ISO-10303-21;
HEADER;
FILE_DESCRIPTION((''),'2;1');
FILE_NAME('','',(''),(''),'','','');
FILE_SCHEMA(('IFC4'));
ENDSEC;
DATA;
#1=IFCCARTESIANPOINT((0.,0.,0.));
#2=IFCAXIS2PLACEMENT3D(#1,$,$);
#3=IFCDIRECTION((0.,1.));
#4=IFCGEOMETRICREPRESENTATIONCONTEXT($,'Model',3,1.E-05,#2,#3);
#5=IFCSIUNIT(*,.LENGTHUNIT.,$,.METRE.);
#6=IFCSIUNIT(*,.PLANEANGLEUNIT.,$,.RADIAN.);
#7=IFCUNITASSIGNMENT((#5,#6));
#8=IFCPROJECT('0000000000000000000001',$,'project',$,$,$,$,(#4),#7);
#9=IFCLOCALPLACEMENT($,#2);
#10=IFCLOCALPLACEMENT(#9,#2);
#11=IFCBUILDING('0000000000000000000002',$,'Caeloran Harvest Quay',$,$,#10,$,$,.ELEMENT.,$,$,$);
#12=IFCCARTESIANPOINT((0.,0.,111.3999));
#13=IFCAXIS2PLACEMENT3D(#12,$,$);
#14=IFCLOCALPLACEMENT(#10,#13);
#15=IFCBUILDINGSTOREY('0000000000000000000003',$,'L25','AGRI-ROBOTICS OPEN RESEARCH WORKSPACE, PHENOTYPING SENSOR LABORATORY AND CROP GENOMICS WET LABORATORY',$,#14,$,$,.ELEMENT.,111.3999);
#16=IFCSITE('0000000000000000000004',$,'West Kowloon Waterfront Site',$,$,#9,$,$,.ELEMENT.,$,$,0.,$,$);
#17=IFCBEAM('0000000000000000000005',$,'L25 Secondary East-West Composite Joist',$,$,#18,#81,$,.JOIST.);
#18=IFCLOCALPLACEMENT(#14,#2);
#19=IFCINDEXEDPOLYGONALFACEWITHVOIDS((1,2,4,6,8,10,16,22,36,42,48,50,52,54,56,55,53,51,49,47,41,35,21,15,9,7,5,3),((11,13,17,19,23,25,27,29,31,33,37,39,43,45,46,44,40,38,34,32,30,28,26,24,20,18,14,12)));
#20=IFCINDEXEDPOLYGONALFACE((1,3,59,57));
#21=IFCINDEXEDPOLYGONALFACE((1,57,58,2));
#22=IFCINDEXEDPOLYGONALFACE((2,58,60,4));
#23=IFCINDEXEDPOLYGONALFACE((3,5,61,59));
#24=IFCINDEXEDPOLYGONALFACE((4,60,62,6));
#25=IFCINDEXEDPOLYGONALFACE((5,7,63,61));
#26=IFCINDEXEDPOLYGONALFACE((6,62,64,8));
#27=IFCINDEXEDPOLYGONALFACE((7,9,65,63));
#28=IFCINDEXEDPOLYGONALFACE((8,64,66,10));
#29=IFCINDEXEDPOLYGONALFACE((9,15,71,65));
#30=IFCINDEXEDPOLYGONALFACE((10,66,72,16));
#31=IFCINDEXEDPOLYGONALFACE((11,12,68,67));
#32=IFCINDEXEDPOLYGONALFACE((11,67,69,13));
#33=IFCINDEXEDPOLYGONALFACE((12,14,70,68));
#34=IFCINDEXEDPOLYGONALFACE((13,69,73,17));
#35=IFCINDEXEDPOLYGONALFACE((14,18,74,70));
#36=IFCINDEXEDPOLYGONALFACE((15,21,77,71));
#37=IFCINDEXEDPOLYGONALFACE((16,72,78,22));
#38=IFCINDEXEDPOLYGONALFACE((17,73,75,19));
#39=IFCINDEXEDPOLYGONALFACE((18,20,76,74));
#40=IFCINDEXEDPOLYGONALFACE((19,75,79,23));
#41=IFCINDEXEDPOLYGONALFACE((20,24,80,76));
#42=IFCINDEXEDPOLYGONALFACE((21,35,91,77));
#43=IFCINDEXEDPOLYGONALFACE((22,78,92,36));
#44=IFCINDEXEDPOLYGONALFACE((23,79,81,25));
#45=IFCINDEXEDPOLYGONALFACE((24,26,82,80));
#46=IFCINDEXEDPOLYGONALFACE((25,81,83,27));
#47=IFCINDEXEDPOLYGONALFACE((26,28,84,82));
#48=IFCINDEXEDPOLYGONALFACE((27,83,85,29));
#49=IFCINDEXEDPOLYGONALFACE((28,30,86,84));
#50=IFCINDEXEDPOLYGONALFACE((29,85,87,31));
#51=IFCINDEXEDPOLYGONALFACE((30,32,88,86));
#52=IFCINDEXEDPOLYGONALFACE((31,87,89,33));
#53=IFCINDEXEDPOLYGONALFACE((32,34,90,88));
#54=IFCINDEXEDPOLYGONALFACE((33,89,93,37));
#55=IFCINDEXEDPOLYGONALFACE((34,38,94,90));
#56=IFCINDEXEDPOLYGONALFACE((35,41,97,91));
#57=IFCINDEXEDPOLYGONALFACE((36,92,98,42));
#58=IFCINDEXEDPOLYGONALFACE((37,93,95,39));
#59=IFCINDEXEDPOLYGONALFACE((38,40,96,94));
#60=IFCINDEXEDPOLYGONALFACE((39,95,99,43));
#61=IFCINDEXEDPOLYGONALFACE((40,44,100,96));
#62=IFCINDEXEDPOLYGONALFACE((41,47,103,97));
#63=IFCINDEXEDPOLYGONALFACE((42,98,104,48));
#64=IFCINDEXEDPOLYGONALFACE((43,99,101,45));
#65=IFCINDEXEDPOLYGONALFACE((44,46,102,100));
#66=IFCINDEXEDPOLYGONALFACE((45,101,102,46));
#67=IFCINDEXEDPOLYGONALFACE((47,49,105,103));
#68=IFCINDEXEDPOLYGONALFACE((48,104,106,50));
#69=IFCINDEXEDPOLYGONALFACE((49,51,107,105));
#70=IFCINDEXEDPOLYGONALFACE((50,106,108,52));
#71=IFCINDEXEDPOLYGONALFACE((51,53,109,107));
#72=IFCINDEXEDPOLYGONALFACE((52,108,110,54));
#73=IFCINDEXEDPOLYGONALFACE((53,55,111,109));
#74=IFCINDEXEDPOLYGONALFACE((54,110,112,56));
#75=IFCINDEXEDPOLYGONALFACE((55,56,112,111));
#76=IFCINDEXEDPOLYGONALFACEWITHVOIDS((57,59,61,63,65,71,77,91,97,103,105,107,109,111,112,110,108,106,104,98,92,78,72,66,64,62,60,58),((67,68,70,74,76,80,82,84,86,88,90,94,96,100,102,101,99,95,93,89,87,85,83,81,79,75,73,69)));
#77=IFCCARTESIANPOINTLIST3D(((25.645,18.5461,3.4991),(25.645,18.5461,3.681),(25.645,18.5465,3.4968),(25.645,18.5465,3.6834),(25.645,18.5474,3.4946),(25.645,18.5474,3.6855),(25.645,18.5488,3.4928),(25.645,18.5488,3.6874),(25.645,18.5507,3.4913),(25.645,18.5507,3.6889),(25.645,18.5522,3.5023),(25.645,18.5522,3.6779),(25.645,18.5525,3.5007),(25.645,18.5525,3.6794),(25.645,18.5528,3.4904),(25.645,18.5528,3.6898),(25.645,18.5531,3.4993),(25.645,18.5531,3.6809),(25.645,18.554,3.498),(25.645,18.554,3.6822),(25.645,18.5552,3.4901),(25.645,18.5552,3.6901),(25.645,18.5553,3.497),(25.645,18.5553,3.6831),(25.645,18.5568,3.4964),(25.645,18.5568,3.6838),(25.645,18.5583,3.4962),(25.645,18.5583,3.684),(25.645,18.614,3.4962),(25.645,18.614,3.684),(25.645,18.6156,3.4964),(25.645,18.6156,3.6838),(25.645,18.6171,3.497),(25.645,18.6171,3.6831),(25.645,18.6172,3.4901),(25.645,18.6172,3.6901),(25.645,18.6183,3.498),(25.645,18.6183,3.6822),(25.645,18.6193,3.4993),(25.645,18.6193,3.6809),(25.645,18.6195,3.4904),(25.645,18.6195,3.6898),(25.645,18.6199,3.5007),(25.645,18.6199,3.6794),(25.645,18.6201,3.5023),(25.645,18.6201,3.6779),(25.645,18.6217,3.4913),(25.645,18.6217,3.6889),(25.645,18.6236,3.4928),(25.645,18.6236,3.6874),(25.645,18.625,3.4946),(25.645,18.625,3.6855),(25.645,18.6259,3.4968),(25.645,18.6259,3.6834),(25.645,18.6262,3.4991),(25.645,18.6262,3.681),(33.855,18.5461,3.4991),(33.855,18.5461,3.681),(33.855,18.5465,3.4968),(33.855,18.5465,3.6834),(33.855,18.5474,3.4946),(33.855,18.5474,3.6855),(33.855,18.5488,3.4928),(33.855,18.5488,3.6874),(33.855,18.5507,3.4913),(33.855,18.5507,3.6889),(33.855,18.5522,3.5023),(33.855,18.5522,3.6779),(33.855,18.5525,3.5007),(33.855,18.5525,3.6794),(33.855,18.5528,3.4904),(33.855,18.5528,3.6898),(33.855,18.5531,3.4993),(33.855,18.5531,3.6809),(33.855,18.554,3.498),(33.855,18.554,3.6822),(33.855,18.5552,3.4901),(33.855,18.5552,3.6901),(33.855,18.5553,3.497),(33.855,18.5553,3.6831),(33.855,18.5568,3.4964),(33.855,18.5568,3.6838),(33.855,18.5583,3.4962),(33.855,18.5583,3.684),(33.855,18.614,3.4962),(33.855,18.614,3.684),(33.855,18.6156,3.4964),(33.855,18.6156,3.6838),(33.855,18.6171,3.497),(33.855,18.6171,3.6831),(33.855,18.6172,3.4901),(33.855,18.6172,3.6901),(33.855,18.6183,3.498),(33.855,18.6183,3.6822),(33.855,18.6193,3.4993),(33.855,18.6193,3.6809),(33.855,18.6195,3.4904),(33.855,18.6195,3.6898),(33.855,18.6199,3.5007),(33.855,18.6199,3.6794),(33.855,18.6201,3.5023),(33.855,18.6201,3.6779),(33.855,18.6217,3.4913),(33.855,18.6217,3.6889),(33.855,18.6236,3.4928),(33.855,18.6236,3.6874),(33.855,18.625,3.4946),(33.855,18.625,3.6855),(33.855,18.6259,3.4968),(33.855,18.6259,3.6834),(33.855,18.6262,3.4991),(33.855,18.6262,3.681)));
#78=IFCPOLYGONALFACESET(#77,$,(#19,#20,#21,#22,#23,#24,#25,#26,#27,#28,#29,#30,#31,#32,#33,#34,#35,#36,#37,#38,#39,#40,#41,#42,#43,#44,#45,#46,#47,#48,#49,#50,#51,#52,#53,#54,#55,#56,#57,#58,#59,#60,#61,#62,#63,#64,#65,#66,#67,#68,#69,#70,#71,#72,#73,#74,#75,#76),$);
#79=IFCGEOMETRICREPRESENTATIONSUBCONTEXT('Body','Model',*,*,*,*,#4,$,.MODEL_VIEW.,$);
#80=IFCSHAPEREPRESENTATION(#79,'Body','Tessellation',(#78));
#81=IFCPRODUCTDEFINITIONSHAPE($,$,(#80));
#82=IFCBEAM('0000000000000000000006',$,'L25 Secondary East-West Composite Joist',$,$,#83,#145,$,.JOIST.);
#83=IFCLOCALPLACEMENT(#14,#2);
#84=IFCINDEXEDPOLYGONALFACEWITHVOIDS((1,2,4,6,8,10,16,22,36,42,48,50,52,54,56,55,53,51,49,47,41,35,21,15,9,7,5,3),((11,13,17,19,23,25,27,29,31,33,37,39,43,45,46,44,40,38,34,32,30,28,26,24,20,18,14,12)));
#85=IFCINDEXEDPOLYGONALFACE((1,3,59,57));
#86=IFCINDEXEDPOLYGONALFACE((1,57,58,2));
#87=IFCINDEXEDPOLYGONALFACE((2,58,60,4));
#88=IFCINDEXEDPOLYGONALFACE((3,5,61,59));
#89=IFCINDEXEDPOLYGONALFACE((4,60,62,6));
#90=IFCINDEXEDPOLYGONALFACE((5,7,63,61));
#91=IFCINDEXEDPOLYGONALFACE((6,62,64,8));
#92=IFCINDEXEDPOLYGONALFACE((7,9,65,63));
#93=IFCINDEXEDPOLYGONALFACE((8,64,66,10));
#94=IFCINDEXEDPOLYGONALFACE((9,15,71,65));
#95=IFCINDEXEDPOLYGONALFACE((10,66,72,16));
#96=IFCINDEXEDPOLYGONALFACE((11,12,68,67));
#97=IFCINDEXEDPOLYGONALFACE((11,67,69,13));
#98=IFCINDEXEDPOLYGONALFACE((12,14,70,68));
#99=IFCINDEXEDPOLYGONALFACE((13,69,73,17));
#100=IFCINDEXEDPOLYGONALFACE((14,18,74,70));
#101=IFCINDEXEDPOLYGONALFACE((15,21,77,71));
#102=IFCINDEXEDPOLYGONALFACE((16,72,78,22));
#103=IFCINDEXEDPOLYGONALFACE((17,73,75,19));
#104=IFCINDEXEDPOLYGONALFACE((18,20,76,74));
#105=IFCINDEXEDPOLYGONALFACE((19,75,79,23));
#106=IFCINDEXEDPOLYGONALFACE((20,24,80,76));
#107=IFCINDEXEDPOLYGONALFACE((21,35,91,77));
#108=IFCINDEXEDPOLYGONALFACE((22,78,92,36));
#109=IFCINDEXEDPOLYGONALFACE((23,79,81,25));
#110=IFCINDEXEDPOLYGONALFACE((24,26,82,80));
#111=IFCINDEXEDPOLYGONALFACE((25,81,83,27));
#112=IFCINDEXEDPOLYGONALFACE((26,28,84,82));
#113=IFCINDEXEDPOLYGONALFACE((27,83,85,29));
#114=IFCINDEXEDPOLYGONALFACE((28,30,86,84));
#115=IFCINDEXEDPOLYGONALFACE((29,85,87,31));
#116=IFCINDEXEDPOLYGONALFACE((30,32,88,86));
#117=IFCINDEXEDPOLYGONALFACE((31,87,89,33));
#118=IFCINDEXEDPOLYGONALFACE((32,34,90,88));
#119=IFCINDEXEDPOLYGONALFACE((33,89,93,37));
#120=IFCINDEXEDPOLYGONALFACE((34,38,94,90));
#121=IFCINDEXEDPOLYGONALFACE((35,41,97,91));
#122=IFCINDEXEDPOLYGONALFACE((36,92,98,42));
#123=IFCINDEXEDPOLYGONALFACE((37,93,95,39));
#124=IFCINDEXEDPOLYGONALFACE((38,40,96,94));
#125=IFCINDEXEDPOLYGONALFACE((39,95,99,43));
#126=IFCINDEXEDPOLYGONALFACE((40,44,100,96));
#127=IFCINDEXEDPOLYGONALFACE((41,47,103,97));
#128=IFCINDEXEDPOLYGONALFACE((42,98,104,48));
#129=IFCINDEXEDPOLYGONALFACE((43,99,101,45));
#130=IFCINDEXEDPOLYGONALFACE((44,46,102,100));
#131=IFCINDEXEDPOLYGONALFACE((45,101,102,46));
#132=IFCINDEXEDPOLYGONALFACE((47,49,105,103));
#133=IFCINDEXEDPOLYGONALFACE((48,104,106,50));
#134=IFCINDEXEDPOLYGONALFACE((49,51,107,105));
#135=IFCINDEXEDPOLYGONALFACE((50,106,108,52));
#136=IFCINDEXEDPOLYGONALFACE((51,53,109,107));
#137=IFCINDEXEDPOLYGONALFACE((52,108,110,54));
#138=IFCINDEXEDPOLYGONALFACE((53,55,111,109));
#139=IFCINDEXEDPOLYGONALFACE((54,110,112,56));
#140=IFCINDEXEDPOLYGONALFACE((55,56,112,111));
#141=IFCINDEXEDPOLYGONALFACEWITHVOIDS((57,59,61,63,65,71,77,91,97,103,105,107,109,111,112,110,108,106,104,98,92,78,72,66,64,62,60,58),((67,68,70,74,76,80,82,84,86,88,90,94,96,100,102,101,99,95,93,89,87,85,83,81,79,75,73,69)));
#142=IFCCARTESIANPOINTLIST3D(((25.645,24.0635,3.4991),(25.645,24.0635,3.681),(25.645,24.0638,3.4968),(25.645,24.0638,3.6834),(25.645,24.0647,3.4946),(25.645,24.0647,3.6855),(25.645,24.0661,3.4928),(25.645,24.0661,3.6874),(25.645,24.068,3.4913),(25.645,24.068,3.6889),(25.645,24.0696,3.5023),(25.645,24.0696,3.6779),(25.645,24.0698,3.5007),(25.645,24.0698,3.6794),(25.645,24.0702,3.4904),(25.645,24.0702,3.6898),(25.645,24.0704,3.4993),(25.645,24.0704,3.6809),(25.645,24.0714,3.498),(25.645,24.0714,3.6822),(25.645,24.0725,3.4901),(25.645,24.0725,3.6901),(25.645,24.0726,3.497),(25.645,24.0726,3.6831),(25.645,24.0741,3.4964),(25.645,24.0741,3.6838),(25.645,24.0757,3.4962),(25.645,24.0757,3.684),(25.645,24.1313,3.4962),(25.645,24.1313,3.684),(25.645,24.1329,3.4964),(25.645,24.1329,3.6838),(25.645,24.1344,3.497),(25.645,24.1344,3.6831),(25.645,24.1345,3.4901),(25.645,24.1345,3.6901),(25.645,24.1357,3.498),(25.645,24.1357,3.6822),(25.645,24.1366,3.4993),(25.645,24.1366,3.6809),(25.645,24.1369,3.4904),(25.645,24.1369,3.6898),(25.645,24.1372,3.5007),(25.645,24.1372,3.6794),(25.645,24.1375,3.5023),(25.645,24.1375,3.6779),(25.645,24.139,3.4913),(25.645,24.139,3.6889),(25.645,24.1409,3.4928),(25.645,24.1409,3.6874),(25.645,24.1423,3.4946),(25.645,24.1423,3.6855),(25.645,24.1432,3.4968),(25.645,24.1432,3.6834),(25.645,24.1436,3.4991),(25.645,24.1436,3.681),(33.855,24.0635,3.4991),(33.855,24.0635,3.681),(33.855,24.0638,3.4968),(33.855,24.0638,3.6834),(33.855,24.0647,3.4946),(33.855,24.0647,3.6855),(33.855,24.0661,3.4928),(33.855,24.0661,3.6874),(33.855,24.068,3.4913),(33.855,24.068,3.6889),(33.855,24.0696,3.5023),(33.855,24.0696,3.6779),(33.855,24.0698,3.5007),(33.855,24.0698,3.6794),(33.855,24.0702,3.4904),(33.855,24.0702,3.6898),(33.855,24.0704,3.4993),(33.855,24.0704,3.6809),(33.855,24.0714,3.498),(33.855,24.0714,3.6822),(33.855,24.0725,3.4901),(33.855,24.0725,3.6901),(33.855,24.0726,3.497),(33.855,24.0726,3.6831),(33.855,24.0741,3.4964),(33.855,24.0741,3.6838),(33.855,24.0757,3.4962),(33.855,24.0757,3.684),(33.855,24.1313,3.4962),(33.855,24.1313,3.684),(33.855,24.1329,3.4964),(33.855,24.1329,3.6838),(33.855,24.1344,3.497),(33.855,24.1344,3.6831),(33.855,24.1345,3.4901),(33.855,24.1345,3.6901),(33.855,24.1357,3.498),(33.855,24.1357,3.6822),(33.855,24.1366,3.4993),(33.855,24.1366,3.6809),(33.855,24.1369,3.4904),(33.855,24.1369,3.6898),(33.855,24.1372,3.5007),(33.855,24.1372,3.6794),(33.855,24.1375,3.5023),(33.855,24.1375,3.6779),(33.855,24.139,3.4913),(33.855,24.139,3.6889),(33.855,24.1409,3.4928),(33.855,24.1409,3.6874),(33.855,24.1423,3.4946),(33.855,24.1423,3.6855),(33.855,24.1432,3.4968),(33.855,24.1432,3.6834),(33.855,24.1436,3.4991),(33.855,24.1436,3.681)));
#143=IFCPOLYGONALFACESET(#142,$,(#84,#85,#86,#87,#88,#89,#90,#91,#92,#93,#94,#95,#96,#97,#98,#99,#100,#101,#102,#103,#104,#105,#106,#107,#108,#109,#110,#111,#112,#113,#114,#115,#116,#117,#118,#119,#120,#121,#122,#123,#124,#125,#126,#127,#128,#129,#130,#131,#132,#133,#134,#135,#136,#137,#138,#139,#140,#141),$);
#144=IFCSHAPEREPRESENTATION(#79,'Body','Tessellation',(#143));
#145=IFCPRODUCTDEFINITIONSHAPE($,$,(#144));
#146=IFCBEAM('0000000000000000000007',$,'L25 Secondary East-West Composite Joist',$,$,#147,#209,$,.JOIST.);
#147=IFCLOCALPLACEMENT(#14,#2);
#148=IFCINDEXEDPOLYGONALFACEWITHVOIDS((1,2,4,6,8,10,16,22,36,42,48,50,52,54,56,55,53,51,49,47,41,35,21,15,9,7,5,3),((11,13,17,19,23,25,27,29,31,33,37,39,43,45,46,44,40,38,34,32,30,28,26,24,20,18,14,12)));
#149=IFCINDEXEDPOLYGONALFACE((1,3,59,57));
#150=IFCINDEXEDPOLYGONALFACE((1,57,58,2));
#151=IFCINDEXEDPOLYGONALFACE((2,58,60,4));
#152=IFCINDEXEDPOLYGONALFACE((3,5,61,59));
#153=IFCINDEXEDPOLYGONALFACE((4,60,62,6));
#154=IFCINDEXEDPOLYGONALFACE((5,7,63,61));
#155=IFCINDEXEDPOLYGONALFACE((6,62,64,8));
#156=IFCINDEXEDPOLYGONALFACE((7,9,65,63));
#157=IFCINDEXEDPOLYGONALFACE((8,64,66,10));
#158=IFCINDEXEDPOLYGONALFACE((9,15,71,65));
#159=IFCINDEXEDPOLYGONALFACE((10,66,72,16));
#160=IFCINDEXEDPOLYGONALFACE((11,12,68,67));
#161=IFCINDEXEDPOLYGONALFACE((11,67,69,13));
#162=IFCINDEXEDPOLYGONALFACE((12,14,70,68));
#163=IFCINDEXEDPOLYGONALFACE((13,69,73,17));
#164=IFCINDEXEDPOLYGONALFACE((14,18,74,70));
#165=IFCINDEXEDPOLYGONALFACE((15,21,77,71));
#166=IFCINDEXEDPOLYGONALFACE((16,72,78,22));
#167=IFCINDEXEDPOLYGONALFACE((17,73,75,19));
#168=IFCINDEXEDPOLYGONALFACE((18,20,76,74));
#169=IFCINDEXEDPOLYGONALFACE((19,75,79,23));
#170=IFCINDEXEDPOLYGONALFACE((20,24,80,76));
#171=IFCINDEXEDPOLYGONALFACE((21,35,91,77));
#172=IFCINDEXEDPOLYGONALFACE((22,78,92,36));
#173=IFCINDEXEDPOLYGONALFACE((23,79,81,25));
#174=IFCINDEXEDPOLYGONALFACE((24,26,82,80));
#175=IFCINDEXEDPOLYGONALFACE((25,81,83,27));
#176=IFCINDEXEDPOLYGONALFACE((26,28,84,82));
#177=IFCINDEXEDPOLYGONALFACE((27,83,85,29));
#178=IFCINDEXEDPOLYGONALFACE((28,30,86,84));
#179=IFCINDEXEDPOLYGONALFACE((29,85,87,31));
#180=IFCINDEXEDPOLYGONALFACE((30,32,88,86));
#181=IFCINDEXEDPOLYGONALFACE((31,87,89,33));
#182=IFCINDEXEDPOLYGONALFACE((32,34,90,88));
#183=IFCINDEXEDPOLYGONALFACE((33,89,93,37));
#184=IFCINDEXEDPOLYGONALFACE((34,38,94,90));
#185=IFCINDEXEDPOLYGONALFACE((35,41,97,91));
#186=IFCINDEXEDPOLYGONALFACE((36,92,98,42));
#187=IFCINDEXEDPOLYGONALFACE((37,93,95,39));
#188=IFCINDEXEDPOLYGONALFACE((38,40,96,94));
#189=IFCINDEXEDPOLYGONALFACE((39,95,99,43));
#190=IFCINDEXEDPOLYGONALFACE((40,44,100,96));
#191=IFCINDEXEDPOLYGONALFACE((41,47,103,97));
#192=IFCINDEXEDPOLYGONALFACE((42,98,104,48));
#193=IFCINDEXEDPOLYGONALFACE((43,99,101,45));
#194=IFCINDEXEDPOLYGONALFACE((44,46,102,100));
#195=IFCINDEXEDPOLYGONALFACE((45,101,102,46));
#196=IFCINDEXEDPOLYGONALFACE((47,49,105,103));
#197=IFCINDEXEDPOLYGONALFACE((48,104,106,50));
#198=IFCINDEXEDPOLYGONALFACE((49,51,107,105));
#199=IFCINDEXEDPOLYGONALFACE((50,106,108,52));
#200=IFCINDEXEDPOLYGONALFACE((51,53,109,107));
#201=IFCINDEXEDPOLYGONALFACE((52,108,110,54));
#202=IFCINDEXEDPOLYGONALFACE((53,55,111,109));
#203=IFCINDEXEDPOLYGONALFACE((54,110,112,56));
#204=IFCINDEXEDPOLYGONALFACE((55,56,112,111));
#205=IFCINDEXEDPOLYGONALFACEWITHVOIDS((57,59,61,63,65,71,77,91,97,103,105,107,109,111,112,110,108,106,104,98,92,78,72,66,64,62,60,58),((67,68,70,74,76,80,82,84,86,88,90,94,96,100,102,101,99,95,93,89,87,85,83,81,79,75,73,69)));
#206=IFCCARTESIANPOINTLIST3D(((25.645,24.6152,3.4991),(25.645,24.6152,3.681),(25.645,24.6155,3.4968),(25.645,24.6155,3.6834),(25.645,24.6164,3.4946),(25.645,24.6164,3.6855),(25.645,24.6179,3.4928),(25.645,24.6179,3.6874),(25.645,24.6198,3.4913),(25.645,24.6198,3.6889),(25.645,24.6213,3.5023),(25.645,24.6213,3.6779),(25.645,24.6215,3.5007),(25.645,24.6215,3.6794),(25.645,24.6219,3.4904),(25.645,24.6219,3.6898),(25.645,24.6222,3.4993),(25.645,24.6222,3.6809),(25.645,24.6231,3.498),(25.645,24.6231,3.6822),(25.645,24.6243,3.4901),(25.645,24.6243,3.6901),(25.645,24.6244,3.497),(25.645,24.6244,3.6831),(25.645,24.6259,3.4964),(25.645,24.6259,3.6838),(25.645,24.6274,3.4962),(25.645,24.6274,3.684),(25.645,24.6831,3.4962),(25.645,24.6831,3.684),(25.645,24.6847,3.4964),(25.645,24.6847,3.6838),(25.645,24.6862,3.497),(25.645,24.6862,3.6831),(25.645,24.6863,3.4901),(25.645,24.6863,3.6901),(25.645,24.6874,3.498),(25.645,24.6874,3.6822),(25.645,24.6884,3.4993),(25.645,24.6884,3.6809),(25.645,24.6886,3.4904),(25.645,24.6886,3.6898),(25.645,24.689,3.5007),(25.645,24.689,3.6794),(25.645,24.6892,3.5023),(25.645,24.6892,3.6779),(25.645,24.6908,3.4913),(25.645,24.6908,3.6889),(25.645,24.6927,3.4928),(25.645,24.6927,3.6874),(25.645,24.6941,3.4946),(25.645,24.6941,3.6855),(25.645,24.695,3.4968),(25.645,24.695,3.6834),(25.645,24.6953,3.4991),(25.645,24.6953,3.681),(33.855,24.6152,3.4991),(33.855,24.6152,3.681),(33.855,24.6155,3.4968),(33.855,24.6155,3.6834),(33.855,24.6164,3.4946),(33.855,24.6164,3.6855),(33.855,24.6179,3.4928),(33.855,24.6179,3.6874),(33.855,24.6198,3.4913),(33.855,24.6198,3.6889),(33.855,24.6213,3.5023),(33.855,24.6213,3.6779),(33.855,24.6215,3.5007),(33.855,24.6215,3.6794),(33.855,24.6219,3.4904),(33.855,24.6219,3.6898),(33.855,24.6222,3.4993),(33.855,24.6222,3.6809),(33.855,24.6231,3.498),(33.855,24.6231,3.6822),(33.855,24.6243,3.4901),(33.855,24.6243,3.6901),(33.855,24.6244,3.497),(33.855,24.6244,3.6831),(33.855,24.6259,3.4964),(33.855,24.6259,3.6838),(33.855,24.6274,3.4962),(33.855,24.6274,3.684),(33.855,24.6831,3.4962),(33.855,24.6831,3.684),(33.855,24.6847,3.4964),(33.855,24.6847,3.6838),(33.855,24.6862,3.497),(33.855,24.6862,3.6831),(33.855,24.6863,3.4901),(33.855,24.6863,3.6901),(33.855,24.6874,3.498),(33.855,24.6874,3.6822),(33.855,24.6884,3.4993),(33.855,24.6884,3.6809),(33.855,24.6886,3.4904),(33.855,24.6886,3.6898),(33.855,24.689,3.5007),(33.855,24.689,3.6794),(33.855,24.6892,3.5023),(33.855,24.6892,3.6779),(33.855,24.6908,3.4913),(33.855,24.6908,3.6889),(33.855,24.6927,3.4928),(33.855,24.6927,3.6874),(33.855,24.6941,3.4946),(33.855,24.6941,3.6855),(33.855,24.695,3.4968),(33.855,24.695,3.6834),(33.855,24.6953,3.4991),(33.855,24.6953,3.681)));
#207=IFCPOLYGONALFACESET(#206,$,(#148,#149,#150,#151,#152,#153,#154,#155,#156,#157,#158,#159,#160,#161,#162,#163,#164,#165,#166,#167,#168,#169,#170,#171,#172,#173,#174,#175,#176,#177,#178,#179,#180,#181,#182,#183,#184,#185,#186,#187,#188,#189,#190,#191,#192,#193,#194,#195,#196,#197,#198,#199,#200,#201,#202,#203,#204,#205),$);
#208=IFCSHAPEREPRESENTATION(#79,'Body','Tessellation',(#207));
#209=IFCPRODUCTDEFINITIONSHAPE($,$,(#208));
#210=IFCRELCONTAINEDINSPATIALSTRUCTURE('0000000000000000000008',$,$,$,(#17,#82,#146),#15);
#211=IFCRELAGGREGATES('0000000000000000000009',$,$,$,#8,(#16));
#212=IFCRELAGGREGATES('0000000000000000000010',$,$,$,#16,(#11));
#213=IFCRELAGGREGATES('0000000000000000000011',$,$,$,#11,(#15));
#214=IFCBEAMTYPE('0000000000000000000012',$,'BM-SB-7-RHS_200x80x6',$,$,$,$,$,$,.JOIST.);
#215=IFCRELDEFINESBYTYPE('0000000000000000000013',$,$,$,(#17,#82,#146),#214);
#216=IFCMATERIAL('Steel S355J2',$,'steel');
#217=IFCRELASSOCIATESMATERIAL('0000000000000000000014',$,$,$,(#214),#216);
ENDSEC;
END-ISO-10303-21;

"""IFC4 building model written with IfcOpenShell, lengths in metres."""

from ifc_helpers import new_model, si_unit, direction, frame, origin, origin_2d, place, context, subcontext, project, spatial, hollow_rectangle, extrude, material, material_profile, profile_set, type_object, element, save


model = new_model("IFC4")

# Units and contexts
model_context = context("Model", 3, precision=1e-05, world=origin(), true_north=direction((0.0, 1.0)))
body_context = subcontext(model_context, "Body", "Model", "MODEL_VIEW")
ifc_project = project(units=[si_unit("LENGTHUNIT", "METRE"), si_unit("PLANEANGLEUNIT", "RADIAN")], contexts=[model_context])

# Site, building, storey
site_placement = place(None, origin())
site = spatial("IfcSite", under=ifc_project, at=site_placement, Name="West Kowloon Waterfront Site", CompositionType="ELEMENT", RefElevation=0.0)
building_placement = place(site_placement, origin())
building = spatial("IfcBuilding", under=site, at=building_placement, Name="Caeloran Harvest Quay", CompositionType="ELEMENT")
storey_placement = place(building_placement, frame((0.0, 0.0, 111.3999)))
storey = spatial("IfcBuildingStorey", under=building, at=storey_placement, Name="L25", Description="AGRI-ROBOTICS OPEN RESEARCH WORKSPACE, PHENOTYPING SENSOR LABORATORY AND CROP GENOMICS WET LABORATORY", CompositionType="ELEMENT", Elevation=111.3999)

# Beams
ifc_material_1 = material(Name="Steel S355J2", Category="steel")
ifc_material_profile_1 = material_profile(ifc_material_1, hollow_rectangle(XDim=0.0801, YDim=0.2, WallThickness=0.0061, InnerFilletRadius=0.0061, OuterFilletRadius=0.009, at=origin_2d()), Name="RHS 200x80x6")
ifc_profile_set_1 = profile_set([ifc_material_profile_1], Name="Steel S355J2")
beam_type_1 = type_object("IfcBeamType", Name="BM-SB-7-RHS_200x80x6", PredefinedType="JOIST", material=ifc_profile_set_1)
for number, where, z_axis, x_axis, name in (
    (1, (25.645, 18.5862, 3.5901), (1.0, 0.0, 0.0), (0.0, 1.0, 0.0), "L25 Secondary East-West Composite Joist"),
    (2, (25.645, 24.1035, 3.5901), (1.0, 0.0, 0.0), (0.0, 1.0, 0.0), "L25 Secondary East-West Composite Joist"),
    (3, (25.645, 24.6553, 3.5901), (1.0, 0.0, 0.0), (0.0, 1.0, 0.0), "L25 Secondary East-West Composite Joist"),
):
    element("IfcBeam", number, at=place(storey_placement, frame(where, z_axis=z_axis, x_axis=x_axis)), inside=storey, type_object=beam_type_1, Name=name, PredefinedType="JOIST", context=body_context, shape_type="SweptSolid", body=[
        extrude(hollow_rectangle(XDim=0.0801, YDim=0.2, WallThickness=0.0061, InnerFilletRadius=0.0061, OuterFilletRadius=0.009, at=origin_2d()), origin(), (0.0, 0.0, 1.0), 8.21),
    ])

save(model, "model.ifc")
